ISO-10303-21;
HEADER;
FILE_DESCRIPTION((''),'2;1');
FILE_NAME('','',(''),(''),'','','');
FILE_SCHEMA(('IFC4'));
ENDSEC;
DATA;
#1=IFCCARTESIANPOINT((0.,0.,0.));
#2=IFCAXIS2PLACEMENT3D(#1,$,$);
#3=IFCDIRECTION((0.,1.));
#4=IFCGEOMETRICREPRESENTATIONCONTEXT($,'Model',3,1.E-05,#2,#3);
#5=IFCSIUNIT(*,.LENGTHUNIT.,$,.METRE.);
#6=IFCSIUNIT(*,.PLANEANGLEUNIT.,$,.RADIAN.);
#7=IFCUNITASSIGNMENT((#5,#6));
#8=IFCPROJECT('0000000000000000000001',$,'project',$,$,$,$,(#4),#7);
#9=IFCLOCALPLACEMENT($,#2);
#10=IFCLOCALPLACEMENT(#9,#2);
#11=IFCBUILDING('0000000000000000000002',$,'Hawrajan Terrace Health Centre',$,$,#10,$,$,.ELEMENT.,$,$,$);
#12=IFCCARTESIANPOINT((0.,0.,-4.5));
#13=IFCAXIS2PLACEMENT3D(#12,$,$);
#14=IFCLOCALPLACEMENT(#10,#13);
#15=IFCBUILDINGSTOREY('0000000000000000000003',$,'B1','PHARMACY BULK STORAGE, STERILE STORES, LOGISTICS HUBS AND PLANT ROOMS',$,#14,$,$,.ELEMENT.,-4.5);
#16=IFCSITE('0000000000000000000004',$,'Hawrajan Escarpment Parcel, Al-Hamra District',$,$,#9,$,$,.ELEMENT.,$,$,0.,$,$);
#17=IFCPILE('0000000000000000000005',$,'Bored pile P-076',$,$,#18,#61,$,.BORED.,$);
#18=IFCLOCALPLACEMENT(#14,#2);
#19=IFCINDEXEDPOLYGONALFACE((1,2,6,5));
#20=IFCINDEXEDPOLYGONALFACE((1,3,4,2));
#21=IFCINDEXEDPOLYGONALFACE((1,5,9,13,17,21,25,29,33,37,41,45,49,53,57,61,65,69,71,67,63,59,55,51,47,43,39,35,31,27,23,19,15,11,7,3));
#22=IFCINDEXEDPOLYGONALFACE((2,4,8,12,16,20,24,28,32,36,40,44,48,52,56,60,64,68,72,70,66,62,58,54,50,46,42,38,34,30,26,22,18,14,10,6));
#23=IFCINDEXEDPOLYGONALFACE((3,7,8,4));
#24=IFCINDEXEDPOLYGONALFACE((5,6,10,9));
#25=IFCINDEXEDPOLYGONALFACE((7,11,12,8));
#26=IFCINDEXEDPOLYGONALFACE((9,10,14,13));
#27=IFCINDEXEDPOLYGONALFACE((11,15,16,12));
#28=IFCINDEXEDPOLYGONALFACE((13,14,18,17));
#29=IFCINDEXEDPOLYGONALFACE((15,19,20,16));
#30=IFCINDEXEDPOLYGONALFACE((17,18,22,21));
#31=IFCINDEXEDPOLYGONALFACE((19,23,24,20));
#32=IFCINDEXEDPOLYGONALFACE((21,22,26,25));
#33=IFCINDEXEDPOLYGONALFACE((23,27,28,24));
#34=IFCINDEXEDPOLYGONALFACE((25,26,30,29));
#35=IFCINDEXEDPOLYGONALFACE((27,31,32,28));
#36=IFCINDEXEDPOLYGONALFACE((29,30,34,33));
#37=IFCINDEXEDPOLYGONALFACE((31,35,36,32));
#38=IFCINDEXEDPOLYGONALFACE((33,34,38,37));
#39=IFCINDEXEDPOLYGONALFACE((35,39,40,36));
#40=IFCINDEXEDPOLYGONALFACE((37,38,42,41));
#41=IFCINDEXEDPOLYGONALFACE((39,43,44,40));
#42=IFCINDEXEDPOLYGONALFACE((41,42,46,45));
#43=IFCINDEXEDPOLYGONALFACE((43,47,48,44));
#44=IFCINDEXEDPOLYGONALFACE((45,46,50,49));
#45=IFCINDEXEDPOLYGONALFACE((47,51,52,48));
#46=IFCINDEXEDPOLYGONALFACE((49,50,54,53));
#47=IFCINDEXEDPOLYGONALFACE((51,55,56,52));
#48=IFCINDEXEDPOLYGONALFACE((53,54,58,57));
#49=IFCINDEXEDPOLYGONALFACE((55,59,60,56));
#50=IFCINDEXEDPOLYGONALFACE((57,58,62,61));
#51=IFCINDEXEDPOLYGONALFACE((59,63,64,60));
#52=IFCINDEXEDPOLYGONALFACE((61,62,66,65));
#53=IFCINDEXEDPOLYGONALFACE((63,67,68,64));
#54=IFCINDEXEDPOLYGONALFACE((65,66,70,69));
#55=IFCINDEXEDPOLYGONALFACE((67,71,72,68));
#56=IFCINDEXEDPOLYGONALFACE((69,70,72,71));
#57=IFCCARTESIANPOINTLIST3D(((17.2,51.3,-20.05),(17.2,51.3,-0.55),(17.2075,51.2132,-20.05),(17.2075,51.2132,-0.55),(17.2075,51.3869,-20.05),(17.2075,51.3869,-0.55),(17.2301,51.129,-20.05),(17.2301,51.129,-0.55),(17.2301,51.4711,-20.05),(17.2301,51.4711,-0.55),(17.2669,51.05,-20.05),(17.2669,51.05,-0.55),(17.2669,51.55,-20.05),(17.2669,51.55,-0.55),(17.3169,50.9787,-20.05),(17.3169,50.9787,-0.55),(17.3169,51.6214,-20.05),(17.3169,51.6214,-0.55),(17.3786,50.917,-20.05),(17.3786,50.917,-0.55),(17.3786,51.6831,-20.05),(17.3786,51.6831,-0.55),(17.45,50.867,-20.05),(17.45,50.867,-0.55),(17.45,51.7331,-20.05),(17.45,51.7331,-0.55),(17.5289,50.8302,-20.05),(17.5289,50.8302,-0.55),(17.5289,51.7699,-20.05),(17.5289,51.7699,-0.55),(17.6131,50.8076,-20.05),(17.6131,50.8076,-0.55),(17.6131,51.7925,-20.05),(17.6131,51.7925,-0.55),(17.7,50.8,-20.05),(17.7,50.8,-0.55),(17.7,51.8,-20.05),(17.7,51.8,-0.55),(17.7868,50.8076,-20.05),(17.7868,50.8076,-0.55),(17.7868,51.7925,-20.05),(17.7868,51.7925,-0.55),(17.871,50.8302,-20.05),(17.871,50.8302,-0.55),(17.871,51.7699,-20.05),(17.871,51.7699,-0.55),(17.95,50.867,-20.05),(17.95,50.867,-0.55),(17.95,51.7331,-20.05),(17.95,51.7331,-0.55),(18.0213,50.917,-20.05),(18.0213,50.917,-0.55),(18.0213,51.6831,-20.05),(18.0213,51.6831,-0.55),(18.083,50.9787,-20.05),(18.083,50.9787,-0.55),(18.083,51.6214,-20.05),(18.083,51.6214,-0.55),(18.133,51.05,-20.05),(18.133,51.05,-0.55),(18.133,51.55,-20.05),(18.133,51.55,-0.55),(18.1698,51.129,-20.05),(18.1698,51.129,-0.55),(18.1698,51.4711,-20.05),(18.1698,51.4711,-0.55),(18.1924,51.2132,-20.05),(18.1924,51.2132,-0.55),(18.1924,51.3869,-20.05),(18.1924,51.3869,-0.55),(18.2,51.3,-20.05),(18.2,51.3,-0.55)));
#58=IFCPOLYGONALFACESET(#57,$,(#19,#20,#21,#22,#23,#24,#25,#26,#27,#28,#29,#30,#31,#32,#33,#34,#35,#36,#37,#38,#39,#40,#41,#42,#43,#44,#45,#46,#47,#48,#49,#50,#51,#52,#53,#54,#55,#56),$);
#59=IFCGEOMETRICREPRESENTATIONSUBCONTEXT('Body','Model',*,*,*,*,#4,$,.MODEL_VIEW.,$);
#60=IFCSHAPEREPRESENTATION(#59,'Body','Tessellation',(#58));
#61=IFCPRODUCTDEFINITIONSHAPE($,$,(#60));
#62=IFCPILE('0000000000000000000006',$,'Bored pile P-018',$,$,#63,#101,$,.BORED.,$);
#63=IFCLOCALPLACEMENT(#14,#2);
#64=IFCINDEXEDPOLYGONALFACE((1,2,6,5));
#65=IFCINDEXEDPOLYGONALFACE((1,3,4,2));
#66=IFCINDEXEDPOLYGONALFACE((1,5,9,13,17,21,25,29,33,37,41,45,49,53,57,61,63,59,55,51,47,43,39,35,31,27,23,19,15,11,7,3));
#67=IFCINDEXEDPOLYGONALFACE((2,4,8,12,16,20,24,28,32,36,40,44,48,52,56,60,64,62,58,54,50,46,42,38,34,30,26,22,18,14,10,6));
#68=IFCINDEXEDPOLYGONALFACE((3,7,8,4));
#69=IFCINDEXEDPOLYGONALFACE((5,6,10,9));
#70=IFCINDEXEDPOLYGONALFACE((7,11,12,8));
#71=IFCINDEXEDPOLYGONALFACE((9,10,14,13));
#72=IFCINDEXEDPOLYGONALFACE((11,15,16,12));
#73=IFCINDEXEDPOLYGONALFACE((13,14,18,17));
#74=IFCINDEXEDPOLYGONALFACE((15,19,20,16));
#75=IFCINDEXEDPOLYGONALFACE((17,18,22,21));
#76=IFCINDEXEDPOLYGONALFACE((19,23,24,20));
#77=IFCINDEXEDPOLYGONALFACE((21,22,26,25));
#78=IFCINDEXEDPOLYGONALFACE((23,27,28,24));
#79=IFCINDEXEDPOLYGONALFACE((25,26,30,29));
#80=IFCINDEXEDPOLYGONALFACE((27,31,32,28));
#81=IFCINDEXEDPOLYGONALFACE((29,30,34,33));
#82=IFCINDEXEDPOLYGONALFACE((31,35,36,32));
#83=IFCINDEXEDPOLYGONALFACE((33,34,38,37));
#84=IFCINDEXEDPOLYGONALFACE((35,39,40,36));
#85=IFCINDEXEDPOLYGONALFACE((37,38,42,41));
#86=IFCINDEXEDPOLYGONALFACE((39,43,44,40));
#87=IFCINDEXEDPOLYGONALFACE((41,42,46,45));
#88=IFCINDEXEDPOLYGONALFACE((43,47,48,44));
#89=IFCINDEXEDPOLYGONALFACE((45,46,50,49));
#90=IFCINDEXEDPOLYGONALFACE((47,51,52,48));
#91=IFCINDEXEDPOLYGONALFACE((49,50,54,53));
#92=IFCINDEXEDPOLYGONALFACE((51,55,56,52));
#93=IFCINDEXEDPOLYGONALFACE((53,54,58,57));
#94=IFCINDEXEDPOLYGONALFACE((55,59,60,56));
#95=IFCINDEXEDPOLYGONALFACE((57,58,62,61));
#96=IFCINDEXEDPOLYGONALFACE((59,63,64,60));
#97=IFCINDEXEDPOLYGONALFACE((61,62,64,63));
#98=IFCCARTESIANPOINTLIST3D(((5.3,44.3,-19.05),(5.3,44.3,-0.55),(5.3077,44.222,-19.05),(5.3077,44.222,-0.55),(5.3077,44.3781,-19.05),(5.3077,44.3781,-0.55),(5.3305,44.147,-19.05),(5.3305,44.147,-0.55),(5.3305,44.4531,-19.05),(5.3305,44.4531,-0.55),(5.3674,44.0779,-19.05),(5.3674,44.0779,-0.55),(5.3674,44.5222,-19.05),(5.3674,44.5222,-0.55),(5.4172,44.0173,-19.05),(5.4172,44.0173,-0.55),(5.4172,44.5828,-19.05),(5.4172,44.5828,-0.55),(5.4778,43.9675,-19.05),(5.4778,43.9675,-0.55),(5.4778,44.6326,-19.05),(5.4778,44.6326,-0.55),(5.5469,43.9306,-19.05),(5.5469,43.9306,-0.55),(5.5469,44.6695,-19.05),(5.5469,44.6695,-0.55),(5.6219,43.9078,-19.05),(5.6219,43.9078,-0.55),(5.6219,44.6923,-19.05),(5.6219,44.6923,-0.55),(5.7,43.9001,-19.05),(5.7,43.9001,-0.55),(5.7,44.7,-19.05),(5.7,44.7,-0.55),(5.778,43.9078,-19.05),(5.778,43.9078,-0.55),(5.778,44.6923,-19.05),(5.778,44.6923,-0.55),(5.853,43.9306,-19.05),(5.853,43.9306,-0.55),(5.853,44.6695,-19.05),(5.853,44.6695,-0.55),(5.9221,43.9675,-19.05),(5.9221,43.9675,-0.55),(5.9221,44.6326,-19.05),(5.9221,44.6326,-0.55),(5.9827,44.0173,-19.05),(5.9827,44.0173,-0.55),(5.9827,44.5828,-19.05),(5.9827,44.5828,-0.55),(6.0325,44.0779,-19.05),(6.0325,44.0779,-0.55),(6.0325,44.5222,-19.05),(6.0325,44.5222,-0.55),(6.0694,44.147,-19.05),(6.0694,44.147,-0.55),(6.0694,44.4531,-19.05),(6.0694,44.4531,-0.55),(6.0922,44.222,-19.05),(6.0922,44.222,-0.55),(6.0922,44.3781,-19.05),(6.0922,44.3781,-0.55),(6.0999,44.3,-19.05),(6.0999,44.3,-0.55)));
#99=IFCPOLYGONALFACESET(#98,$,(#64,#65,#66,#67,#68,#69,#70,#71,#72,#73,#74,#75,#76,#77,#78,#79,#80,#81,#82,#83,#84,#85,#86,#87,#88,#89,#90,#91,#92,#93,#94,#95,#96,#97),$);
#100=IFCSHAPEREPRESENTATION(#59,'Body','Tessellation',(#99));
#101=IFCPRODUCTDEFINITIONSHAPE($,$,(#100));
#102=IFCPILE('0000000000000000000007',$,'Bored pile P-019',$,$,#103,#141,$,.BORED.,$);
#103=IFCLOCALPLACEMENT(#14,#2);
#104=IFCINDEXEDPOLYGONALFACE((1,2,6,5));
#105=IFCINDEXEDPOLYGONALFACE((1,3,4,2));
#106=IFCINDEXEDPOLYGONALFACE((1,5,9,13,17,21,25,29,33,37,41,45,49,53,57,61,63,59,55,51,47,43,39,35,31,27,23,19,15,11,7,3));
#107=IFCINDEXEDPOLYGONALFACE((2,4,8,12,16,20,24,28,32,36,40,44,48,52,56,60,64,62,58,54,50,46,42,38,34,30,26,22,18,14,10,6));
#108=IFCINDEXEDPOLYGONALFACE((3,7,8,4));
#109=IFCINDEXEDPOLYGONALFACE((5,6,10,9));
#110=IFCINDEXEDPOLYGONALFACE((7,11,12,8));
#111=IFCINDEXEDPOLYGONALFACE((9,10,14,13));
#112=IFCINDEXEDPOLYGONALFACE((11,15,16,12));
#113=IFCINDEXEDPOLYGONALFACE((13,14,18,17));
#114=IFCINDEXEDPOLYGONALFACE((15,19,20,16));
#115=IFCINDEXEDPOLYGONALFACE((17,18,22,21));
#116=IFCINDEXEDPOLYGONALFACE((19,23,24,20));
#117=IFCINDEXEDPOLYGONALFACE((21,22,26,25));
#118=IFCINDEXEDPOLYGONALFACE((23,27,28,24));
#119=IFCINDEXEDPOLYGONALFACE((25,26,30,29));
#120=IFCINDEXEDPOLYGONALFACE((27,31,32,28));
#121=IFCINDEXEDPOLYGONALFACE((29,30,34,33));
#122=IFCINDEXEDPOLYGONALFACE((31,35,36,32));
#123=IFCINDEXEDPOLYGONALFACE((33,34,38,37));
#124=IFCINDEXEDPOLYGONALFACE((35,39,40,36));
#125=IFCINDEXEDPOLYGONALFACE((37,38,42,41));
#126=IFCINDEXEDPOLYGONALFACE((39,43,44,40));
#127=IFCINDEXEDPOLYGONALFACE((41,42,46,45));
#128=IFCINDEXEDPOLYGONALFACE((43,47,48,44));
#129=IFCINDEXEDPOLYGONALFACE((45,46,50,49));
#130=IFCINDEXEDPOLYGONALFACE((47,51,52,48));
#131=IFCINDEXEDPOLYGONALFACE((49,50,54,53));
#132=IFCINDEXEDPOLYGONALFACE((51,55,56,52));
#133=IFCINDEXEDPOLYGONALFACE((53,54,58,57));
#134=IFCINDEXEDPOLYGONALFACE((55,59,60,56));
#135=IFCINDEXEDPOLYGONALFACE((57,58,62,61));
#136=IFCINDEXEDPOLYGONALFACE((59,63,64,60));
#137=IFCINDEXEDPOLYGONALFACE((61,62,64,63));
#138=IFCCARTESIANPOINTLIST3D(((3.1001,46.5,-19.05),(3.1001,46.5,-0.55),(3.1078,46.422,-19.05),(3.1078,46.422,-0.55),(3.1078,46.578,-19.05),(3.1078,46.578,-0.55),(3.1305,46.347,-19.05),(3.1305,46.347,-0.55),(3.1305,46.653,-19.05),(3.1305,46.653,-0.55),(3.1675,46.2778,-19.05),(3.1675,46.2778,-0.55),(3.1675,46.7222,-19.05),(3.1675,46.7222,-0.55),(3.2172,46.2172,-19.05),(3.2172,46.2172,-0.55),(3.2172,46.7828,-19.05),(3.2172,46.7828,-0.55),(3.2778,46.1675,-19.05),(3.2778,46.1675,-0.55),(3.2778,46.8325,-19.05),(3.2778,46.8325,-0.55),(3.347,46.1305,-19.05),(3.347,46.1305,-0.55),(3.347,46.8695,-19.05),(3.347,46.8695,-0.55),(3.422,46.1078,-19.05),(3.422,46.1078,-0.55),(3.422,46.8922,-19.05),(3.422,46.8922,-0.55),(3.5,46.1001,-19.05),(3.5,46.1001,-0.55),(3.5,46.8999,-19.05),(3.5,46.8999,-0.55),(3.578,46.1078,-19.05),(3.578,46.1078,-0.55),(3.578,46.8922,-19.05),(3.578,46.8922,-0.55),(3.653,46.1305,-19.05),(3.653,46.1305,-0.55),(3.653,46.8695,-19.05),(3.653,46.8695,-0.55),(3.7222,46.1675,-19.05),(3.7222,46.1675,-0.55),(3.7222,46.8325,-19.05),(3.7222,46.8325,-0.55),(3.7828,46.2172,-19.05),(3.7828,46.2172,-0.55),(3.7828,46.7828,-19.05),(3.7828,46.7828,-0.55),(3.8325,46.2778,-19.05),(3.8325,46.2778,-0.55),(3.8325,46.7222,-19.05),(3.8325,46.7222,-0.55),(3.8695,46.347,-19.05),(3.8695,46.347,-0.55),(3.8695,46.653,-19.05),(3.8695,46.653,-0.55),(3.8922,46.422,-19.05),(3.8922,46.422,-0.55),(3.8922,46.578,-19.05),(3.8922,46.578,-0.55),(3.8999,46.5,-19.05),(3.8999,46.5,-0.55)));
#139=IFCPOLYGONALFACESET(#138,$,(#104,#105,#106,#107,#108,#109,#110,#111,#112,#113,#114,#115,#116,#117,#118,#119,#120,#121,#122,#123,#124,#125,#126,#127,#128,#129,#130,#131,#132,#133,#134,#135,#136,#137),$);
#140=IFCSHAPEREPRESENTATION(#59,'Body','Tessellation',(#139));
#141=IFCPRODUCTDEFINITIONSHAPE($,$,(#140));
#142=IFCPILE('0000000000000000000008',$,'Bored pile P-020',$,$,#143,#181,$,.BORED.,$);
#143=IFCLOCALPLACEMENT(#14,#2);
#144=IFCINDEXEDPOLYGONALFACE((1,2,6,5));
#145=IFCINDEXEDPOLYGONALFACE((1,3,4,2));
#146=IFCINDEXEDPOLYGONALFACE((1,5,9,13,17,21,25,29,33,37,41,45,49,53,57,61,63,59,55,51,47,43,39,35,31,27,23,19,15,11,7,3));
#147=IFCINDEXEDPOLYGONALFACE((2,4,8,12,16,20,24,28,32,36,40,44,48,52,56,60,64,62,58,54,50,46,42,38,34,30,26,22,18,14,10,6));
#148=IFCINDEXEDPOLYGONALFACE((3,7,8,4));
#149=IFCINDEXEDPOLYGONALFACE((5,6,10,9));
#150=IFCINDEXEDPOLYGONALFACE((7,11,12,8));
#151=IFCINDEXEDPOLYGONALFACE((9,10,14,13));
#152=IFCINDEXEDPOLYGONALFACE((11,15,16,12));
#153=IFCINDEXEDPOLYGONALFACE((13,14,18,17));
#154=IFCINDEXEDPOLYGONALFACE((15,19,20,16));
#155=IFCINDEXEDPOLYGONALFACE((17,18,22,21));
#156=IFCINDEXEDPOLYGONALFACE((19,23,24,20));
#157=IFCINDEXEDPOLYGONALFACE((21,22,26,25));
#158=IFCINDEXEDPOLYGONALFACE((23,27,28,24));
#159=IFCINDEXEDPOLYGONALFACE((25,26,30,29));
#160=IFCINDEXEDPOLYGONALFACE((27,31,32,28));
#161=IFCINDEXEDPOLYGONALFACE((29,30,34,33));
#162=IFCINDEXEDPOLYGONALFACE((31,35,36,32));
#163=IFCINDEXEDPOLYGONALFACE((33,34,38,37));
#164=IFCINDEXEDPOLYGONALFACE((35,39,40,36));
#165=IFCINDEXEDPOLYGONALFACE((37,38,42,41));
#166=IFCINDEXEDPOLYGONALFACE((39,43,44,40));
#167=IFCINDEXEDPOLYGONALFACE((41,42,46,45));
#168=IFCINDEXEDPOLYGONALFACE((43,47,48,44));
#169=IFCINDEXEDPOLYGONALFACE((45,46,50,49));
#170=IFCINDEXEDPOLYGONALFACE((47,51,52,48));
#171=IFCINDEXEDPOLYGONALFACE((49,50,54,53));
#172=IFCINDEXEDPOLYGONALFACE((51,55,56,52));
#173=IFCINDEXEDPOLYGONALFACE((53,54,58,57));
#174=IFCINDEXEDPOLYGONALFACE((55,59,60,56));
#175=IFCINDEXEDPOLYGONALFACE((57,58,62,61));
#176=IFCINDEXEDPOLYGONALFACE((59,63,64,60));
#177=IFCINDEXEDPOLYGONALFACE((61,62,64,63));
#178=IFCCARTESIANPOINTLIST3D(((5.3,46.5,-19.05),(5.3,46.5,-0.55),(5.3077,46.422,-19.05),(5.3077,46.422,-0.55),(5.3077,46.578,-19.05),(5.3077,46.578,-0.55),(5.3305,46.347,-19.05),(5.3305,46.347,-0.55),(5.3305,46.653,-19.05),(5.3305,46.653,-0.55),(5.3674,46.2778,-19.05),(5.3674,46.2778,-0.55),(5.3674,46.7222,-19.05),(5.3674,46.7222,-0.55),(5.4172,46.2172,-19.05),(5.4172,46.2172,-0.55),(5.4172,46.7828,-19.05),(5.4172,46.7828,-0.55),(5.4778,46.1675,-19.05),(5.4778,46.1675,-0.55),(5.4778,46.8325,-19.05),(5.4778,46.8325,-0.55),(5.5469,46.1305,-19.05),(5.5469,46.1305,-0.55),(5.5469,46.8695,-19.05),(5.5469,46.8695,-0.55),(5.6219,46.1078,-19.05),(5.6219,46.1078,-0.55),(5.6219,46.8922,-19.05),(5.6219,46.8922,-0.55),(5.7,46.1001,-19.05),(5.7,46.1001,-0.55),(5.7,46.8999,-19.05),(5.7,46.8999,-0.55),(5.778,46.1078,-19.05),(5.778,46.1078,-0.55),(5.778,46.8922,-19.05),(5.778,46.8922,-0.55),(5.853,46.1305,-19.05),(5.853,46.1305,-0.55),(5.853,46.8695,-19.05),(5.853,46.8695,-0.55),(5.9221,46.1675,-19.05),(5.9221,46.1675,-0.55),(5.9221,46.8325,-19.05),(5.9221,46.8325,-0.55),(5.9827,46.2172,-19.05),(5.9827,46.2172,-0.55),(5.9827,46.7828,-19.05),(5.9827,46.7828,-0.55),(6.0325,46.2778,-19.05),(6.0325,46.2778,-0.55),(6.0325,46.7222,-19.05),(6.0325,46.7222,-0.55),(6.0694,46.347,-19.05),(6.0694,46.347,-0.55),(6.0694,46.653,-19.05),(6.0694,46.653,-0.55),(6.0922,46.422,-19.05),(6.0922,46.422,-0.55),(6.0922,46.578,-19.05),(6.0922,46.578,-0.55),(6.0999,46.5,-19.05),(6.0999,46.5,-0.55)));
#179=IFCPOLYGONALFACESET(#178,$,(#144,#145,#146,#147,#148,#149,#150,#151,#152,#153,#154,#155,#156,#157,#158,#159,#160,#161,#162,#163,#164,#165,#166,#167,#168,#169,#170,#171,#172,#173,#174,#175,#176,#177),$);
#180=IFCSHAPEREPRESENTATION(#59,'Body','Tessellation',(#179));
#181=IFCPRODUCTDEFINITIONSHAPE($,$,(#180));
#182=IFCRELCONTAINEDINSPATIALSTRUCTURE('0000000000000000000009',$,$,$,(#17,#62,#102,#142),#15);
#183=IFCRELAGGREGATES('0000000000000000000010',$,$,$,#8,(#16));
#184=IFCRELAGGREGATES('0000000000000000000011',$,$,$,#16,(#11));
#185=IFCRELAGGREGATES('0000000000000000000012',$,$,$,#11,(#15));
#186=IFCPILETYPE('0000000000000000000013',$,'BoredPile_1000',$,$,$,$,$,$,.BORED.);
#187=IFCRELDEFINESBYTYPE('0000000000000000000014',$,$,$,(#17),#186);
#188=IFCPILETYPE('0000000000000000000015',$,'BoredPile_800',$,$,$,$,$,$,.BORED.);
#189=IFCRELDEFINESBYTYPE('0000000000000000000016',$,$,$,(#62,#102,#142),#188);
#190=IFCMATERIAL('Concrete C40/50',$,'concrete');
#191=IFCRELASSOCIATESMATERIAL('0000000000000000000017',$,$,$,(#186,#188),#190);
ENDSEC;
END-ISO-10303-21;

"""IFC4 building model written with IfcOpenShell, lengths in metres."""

from ifc_helpers import new_model, si_unit, direction, frame, origin, origin_2d, place, context, subcontext, project, spatial, circle, extrude, material, material_profile, profile_set, type_object, element, save


model = new_model("IFC4")

# Units and contexts
model_context = context("Model", 3, precision=1e-05, world=origin(), true_north=direction((0.0, 1.0)))
body_context = subcontext(model_context, "Body", "Model", "MODEL_VIEW")
ifc_project = project(units=[si_unit("LENGTHUNIT", "METRE"), si_unit("PLANEANGLEUNIT", "RADIAN")], contexts=[model_context])

# Site, building, storey
site_placement = place(None, origin())
site = spatial("IfcSite", under=ifc_project, at=site_placement, Name="Hawrajan Escarpment Parcel, Al-Hamra District", CompositionType="ELEMENT", RefElevation=0.0)
building_placement = place(site_placement, origin())
building = spatial("IfcBuilding", under=site, at=building_placement, Name="Hawrajan Terrace Health Centre", CompositionType="ELEMENT")
storey_placement = place(building_placement, frame((0.0, 0.0, -4.5)))
storey = spatial("IfcBuildingStorey", under=building, at=storey_placement, Name="B1", Description="PHARMACY BULK STORAGE, STERILE STORES, LOGISTICS HUBS AND PLANT ROOMS", CompositionType="ELEMENT", Elevation=-4.5)

# Piles
ifc_material_1 = material(Name="Concrete C40/50", Category="concrete")
ifc_material_profile_1 = material_profile(ifc_material_1, circle(Radius=0.5, at=origin_2d()), Name="BP 1000")
ifc_profile_set_1 = profile_set([ifc_material_profile_1], Name="Concrete C40/50")
pile_type_1 = type_object("IfcPileType", Name="BoredPile_1000", PredefinedType="BORED", material=ifc_profile_set_1)
for number, where, z_axis, x_axis, name in (
    (1, (17.7, 51.3, -0.55), (0.0, 0.0, -1.0), (1.0, 0.0, 0.0), "Bored pile P-076"),
):
    element("IfcPile", number, at=place(storey_placement, frame(where, z_axis=z_axis, x_axis=x_axis)), inside=storey, type_object=pile_type_1, Name=name, PredefinedType="BORED", context=body_context, shape_type="SweptSolid", body=[
        extrude(circle(Radius=0.5, at=origin_2d()), origin(), (0.0, 0.0, 1.0), 19.5),
    ])
ifc_material_profile_2 = material_profile(ifc_material_1, circle(Radius=0.3999, at=origin_2d()), Name="BP 800")
ifc_profile_set_2 = profile_set([ifc_material_profile_2], Name="Concrete C40/50")
pile_type_2 = type_object("IfcPileType", Name="BoredPile_800", PredefinedType="BORED", material=ifc_profile_set_2)
for number, where, z_axis, x_axis, name in (
    (2, (5.7, 44.3, -0.55), (0.0, 0.0, -1.0), (1.0, 0.0, 0.0), "Bored pile P-018"),
    (3, (3.5, 46.5, -0.55), (0.0, 0.0, -1.0), (1.0, 0.0, 0.0), "Bored pile P-019"),
    (4, (5.7, 46.5, -0.55), (0.0, 0.0, -1.0), (1.0, 0.0, 0.0), "Bored pile P-020"),
):
    element("IfcPile", number, at=place(storey_placement, frame(where, z_axis=z_axis, x_axis=x_axis)), inside=storey, type_object=pile_type_2, Name=name, PredefinedType="BORED", context=body_context, shape_type="SweptSolid", body=[
        extrude(circle(Radius=0.3999, at=origin_2d()), origin(), (0.0, 0.0, 1.0), 18.5),
    ])

save(model, "model.ifc")
